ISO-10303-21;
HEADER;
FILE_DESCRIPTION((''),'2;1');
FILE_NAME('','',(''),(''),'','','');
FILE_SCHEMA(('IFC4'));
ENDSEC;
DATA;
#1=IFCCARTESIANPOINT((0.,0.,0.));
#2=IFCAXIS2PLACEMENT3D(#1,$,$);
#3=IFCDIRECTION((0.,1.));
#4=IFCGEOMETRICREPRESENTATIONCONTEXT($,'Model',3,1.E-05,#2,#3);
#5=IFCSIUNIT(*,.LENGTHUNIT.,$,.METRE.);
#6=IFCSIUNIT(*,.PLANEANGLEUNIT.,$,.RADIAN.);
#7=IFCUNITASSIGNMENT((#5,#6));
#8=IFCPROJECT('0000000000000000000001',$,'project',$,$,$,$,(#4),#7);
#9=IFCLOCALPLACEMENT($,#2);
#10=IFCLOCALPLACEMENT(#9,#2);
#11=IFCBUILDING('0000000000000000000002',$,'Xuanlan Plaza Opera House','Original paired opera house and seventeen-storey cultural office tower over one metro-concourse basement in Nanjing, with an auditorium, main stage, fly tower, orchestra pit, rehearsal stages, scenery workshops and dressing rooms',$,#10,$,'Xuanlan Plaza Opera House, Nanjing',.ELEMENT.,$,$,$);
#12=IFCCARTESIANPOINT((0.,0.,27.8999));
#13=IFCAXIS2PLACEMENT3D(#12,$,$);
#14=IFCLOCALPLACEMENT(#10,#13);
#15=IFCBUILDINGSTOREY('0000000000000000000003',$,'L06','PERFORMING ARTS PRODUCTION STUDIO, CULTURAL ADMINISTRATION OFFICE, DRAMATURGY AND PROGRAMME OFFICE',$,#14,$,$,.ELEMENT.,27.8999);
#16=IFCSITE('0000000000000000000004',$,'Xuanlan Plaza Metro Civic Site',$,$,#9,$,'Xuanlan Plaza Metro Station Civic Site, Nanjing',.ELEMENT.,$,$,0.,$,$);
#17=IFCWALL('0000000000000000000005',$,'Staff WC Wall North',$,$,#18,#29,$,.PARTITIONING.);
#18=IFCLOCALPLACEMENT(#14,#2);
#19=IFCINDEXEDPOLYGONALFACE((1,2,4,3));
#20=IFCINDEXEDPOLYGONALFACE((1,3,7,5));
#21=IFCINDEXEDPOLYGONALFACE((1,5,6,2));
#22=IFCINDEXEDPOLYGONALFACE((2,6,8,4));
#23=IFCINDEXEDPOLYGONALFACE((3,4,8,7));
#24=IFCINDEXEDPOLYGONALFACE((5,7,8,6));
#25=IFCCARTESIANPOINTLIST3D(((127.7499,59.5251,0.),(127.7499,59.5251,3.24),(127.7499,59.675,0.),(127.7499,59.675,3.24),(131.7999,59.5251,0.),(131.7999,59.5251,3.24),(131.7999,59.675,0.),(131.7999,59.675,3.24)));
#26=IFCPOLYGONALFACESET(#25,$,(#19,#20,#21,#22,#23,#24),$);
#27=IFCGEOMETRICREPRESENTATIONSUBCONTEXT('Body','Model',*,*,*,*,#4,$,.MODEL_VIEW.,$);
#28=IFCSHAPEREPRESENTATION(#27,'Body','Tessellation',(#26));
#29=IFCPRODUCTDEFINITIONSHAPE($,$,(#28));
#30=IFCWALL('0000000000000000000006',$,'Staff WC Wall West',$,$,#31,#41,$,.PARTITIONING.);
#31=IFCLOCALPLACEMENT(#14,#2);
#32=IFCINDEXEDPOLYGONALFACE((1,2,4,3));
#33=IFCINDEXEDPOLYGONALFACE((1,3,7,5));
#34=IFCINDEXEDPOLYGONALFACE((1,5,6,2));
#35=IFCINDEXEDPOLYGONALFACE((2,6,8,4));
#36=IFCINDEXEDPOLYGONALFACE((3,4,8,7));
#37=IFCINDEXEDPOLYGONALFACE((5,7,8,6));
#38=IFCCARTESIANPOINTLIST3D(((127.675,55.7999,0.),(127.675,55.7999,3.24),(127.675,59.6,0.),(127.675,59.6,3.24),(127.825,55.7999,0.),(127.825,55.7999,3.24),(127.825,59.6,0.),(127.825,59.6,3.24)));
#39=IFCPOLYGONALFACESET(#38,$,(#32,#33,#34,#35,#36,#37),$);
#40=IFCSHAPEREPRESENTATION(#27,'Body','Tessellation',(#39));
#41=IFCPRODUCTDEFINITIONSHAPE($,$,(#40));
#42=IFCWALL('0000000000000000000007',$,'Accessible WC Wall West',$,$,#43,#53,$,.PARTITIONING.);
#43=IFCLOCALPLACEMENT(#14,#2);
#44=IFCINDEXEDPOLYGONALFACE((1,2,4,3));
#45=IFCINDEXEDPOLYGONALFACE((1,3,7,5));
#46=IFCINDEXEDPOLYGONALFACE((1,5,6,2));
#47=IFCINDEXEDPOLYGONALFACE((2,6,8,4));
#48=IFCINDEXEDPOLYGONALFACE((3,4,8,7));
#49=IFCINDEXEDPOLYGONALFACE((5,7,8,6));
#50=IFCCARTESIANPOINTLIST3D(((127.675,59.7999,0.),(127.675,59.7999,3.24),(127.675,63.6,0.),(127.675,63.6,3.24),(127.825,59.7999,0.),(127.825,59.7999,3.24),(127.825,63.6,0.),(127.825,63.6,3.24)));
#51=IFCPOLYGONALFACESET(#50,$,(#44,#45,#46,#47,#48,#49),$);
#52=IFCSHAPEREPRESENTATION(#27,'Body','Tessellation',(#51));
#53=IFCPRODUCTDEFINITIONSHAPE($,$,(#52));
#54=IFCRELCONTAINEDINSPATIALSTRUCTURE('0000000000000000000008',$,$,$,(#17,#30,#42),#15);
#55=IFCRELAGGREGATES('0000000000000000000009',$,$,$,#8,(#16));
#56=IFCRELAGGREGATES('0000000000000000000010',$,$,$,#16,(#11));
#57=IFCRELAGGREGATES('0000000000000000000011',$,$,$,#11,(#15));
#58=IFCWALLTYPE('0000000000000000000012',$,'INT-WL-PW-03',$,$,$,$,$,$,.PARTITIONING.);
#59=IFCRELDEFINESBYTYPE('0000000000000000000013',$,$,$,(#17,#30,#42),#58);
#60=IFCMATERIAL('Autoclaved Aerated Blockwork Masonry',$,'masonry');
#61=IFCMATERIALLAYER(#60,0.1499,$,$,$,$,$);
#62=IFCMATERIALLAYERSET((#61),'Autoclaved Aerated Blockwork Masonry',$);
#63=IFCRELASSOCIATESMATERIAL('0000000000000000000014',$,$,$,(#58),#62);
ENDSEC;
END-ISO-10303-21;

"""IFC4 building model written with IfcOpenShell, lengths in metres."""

from ifc_helpers import new_model, si_unit, direction, frame, frame_2d, origin, place, context, subcontext, project, spatial, rectangle, extrude, material, layer, layer_set, type_object, element, save


model = new_model("IFC4")

# Units and contexts
model_context = context("Model", 3, precision=1e-05, world=origin(), true_north=direction((0.0, 1.0)))
body_context = subcontext(model_context, "Body", "Model", "MODEL_VIEW")
ifc_project = project(units=[si_unit("LENGTHUNIT", "METRE"), si_unit("PLANEANGLEUNIT", "RADIAN")], contexts=[model_context])

# Site, building, storey
site_placement = place(None, origin())
site = spatial("IfcSite", under=ifc_project, at=site_placement, Name="Xuanlan Plaza Metro Civic Site", LongName="Xuanlan Plaza Metro Station Civic Site, Nanjing", CompositionType="ELEMENT", RefElevation=0.0)
building_placement = place(site_placement, origin())
building = spatial("IfcBuilding", under=site, at=building_placement, Name="Xuanlan Plaza Opera House", Description="Original paired opera house and seventeen-storey cultural office tower over one metro-concourse basement in Nanjing, with an auditorium, main stage, fly tower, orchestra pit, rehearsal stages, scenery workshops and dressing rooms", LongName="Xuanlan Plaza Opera House, Nanjing", CompositionType="ELEMENT")
storey_placement = place(building_placement, frame((0.0, 0.0, 27.8999)))
storey = spatial("IfcBuildingStorey", under=building, at=storey_placement, Name="L06", Description="PERFORMING ARTS PRODUCTION STUDIO, CULTURAL ADMINISTRATION OFFICE, DRAMATURGY AND PROGRAMME OFFICE", CompositionType="ELEMENT", Elevation=27.8999)

# Walls
ifc_material_1 = material(Name="Autoclaved Aerated Blockwork Masonry", Category="masonry")
ifc_layer_1 = layer(ifc_material_1, 0.1499)
ifc_layer_set_1 = layer_set([ifc_layer_1], Name="Autoclaved Aerated Blockwork Masonry")
wall_type_1 = type_object("IfcWallType", Name="INT-WL-PW-03", PredefinedType="PARTITIONING", material=ifc_layer_set_1)
wall_1_placement = place(storey_placement, frame((127.75, 59.6001, 0.0), z_axis=(0.0, 0.0, 1.0), x_axis=(1.0, 0.0, 0.0)))
element("IfcWall", 1, at=wall_1_placement, inside=storey, type_object=wall_type_1, Name="Staff WC Wall North", PredefinedType="PARTITIONING", context=body_context, shape_type="SweptSolid", body=[
    extrude(rectangle(XDim=4.05, YDim=0.1499, at=frame_2d((2.0249, 0.0))), origin(), (0.0, 0.0, 1.0), 3.24),
])
for number, where, z_axis, x_axis, name in (
    (2, (127.75, 55.8, 0.0), (0.0, 0.0, 1.0), (0.0, 1.0, 0.0), "Staff WC Wall West"),
    (3, (127.75, 59.8, 0.0), (0.0, 0.0, 1.0), (0.0, 1.0, 0.0), "Accessible WC Wall West"),
):
    element("IfcWall", number, at=place(storey_placement, frame(where, z_axis=z_axis, x_axis=x_axis)), inside=storey, type_object=wall_type_1, Name=name, PredefinedType="PARTITIONING", context=body_context, shape_type="SweptSolid", body=[
        extrude(rectangle(XDim=3.8, YDim=0.1499, at=frame_2d((1.8999, 0.0))), origin(), (0.0, 0.0, 1.0), 3.24),
    ])

save(model, "model.ifc")
